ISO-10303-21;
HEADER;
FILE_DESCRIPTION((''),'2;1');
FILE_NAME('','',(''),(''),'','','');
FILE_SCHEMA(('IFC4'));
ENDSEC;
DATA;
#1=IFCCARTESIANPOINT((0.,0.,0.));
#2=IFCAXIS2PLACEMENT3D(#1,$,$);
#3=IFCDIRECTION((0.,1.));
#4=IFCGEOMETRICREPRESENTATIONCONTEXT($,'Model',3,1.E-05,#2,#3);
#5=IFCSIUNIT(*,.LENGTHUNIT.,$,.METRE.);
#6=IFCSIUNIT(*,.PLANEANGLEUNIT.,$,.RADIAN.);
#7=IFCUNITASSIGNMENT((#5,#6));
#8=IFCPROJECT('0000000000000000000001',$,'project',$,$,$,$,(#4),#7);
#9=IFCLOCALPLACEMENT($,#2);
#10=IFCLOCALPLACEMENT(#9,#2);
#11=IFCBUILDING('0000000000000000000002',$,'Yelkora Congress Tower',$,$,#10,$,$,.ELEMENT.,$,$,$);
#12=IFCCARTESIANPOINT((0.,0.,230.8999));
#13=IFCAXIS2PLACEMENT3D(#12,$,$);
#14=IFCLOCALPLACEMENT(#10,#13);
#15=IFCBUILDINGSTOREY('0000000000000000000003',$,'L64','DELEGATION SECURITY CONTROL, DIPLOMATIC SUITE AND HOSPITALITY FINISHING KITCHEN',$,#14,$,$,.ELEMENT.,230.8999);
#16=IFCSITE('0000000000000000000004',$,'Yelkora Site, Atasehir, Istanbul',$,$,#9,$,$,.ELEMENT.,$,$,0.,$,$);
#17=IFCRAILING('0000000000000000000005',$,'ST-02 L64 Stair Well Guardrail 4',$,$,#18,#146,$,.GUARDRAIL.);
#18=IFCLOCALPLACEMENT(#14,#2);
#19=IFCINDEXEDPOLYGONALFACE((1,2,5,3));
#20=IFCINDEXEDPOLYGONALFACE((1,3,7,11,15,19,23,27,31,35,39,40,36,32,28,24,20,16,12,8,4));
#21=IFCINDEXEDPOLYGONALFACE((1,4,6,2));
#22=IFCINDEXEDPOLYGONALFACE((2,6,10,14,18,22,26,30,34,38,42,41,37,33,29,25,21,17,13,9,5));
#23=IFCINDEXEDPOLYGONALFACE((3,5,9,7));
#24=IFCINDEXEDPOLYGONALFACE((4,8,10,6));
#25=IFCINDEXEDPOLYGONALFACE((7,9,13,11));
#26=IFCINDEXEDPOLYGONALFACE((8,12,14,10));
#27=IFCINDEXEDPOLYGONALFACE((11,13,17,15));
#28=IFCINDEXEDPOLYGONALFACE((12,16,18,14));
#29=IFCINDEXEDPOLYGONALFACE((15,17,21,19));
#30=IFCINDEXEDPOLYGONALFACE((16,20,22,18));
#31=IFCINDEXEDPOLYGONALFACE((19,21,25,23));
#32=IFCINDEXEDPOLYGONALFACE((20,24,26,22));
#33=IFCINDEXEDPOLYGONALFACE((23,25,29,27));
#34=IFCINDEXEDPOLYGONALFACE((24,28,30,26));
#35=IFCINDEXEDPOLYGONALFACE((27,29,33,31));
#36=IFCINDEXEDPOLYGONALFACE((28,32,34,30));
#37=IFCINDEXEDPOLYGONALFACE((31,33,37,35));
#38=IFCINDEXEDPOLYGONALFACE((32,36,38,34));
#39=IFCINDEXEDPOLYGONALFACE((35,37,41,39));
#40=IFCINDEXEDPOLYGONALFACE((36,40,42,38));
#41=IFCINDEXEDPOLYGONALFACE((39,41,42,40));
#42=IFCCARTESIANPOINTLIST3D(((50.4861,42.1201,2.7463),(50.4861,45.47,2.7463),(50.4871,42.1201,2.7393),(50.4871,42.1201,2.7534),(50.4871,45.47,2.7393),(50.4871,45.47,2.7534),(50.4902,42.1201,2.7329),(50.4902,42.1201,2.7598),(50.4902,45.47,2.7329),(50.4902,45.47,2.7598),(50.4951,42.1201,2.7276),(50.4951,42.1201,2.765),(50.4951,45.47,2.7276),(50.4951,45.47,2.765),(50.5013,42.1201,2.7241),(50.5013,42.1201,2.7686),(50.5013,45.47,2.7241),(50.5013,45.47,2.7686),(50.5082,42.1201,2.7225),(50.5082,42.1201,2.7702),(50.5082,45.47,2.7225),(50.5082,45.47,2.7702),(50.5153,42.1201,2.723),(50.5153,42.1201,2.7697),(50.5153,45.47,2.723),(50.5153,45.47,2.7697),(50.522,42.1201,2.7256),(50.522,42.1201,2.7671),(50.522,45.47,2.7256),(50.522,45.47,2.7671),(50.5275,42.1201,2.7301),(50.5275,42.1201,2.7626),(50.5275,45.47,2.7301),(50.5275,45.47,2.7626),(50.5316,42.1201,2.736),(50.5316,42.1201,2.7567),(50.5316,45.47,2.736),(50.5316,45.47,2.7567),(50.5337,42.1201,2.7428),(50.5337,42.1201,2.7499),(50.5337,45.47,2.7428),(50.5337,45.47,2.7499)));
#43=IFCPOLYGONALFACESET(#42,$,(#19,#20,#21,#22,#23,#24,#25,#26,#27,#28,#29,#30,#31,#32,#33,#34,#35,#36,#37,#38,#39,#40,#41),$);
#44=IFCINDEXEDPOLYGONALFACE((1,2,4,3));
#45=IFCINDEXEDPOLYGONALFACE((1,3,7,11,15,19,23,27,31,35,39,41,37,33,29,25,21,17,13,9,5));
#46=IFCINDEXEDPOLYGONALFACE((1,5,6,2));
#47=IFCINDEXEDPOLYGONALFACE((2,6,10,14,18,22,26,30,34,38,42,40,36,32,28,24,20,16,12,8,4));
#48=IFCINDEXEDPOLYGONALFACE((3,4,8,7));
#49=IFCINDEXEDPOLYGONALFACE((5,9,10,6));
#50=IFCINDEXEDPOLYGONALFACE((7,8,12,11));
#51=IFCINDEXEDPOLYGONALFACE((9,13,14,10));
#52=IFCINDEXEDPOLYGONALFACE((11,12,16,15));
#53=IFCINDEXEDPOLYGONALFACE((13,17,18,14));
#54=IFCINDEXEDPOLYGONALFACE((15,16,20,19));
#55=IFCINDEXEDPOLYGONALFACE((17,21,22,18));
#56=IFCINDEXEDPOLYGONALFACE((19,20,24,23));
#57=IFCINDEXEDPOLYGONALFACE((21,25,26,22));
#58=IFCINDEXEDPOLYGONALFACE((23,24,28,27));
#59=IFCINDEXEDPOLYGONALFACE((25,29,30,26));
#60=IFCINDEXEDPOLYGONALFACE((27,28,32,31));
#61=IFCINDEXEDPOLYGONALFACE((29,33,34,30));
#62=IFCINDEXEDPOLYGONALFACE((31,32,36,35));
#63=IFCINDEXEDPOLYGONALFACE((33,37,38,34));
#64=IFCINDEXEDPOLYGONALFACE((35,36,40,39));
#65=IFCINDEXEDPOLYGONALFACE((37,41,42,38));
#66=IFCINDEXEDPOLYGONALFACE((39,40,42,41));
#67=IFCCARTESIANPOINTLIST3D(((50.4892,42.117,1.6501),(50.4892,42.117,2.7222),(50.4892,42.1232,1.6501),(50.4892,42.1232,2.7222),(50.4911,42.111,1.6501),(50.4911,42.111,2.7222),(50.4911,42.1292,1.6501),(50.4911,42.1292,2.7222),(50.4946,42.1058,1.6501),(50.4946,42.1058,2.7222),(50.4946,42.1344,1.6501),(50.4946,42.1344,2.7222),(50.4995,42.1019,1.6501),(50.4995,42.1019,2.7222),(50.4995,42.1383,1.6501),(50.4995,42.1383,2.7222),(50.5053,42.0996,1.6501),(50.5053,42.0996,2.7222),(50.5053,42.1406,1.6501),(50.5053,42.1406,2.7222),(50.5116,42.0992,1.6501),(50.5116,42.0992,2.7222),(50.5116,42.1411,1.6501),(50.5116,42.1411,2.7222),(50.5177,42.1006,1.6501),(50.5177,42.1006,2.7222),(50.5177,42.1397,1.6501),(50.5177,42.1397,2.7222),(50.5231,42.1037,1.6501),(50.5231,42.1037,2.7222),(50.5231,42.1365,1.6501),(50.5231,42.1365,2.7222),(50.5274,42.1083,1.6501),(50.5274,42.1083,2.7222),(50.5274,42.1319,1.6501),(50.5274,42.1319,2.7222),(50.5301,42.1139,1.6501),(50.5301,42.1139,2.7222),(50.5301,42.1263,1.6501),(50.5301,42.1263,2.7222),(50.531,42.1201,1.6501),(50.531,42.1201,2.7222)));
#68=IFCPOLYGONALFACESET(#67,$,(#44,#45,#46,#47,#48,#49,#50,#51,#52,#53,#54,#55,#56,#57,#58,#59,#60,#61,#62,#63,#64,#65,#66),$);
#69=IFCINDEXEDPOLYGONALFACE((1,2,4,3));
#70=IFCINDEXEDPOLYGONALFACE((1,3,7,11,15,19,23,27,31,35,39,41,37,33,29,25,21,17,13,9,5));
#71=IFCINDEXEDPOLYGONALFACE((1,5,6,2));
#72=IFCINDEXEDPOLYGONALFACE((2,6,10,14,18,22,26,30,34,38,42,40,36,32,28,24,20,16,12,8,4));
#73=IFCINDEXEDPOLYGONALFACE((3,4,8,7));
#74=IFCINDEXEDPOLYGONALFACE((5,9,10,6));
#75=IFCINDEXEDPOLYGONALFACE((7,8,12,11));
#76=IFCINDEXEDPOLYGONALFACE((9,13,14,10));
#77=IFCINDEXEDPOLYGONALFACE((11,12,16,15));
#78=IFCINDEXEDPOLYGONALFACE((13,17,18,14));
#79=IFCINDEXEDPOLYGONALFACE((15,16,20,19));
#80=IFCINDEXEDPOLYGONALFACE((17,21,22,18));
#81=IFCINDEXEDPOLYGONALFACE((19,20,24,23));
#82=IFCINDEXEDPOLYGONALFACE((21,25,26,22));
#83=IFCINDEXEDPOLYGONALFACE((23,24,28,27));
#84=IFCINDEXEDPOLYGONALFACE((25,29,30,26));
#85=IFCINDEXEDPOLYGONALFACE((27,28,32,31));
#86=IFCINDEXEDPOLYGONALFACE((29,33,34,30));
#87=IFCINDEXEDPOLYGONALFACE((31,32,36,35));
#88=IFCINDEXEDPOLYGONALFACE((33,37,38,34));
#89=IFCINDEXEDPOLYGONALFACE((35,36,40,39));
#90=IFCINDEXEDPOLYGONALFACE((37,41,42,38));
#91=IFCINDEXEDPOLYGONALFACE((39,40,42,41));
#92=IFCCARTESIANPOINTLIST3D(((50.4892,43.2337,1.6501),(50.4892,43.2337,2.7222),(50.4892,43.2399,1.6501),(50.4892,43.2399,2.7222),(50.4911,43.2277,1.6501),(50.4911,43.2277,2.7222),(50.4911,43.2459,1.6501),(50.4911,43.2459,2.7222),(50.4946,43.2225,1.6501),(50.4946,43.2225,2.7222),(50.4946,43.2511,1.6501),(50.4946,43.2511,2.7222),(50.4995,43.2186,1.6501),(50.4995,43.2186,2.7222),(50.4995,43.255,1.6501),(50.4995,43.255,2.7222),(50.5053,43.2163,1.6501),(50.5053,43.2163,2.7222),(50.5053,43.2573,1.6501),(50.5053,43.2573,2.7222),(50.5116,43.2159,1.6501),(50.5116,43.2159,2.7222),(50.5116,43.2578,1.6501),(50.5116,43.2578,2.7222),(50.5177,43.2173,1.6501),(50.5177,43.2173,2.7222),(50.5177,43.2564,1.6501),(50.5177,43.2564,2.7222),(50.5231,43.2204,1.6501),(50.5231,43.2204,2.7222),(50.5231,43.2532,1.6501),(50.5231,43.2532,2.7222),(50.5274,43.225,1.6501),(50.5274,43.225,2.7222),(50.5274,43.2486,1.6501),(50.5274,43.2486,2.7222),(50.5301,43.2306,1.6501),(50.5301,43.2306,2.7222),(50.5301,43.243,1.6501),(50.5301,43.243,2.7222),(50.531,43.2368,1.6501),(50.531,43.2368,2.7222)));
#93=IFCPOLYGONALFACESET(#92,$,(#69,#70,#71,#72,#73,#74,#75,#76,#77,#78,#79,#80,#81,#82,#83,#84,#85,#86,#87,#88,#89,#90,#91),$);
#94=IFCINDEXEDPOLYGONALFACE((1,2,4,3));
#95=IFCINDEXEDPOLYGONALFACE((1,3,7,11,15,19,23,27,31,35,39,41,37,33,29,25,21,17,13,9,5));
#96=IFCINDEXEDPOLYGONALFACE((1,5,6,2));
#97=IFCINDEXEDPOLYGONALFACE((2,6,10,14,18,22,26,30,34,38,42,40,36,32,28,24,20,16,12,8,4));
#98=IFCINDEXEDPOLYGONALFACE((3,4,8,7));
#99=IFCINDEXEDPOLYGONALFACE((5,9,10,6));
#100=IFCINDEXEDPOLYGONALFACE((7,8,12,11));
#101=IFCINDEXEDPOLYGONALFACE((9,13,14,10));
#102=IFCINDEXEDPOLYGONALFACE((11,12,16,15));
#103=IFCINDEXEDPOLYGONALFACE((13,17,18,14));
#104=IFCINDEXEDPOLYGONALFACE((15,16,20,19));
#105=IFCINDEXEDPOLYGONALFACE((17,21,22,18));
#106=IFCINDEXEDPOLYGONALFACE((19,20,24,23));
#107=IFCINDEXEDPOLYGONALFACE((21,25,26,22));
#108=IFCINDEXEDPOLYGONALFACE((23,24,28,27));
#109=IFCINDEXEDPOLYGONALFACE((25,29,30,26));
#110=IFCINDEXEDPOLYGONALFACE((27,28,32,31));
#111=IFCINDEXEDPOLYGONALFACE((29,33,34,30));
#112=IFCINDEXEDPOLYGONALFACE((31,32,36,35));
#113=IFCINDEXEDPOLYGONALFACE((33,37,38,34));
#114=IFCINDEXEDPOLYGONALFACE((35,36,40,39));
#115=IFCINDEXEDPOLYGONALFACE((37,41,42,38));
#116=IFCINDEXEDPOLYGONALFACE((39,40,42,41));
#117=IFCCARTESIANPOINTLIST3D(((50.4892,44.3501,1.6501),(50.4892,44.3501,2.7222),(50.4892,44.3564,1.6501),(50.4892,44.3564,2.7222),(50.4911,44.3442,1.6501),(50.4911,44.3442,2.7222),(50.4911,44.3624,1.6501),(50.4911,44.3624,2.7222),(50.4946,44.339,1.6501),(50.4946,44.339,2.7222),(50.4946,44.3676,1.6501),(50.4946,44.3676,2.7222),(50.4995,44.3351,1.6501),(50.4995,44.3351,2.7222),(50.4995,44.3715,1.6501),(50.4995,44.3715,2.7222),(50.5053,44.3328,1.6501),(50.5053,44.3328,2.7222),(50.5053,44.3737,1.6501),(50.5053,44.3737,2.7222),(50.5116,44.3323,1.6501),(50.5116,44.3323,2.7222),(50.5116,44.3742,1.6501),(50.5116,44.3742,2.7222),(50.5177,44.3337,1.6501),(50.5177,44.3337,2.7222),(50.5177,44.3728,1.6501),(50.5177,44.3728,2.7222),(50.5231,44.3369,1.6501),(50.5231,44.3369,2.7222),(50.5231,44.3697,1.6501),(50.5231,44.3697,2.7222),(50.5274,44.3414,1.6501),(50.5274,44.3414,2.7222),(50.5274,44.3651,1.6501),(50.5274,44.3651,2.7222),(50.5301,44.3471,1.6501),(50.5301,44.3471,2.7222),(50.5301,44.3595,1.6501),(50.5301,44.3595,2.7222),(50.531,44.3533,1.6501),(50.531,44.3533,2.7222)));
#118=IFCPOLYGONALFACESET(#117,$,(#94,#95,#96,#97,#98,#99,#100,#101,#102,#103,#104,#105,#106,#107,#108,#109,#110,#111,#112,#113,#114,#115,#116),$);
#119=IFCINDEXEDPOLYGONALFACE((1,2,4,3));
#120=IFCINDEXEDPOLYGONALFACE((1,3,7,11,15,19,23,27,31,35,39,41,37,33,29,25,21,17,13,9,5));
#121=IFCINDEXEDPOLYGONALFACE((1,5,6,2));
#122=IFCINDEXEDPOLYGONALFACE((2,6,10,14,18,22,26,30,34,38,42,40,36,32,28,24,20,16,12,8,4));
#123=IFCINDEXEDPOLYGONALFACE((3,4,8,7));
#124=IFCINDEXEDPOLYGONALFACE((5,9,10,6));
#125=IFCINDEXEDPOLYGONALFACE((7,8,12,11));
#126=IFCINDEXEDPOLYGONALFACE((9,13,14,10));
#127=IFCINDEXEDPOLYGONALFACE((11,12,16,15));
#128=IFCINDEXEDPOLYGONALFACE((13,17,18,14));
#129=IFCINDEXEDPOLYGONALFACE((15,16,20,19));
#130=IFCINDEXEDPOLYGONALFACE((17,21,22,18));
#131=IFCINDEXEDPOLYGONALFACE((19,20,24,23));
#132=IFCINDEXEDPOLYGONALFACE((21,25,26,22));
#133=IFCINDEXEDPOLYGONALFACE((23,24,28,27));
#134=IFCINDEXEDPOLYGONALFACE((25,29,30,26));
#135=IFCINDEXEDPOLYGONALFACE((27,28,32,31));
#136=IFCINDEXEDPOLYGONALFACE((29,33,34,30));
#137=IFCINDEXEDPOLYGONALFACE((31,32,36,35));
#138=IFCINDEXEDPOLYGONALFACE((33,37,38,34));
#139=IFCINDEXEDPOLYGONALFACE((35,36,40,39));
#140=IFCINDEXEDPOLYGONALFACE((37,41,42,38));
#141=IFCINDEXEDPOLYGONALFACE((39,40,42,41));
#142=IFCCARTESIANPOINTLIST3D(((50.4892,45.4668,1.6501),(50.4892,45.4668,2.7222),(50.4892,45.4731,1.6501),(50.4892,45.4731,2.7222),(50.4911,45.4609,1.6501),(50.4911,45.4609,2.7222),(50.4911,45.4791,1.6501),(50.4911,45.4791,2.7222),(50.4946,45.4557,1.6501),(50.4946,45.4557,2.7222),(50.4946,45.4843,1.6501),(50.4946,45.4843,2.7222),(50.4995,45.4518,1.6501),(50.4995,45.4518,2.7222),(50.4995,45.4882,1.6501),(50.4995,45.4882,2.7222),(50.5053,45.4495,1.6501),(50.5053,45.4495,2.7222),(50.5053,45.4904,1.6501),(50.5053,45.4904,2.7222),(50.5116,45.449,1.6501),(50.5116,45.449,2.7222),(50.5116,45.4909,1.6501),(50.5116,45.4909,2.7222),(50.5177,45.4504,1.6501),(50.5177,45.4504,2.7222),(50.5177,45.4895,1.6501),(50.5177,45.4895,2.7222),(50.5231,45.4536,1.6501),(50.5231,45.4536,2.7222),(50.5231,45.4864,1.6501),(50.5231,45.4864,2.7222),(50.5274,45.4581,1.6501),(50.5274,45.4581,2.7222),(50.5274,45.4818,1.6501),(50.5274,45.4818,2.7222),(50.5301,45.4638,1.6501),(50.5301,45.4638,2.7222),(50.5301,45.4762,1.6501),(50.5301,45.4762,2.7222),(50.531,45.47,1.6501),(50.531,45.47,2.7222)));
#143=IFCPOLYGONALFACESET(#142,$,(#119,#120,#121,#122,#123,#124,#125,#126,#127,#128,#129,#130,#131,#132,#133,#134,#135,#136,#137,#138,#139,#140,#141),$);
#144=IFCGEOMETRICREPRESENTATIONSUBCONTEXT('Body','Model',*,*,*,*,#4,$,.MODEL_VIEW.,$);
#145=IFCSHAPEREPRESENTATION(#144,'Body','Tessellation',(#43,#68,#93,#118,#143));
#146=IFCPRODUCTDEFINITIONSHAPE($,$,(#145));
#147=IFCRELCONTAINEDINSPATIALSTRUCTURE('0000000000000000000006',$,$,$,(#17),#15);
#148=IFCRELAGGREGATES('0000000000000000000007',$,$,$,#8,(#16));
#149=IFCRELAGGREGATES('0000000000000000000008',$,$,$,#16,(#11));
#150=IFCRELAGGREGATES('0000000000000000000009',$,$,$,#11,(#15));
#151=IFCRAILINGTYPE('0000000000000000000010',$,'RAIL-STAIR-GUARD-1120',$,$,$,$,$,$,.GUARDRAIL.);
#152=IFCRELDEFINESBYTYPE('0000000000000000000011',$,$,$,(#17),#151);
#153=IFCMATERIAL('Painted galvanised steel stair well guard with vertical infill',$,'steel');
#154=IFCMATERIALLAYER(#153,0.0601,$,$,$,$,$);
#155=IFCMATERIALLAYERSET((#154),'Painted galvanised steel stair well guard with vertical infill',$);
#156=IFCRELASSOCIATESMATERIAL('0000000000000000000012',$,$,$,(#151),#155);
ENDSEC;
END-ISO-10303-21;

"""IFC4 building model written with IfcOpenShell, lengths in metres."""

from ifc_helpers import new_model, si_unit, direction, frame, origin, origin_2d, place, context, subcontext, project, spatial, circle, extrude, material, layer, layer_set, type_object, element, save


model = new_model("IFC4")

# Units and contexts
model_context = context("Model", 3, precision=1e-05, world=origin(), true_north=direction((0.0, 1.0)))
body_context = subcontext(model_context, "Body", "Model", "MODEL_VIEW")
ifc_project = project(units=[si_unit("LENGTHUNIT", "METRE"), si_unit("PLANEANGLEUNIT", "RADIAN")], contexts=[model_context])

# Site, building, storey
site_placement = place(None, origin())
site = spatial("IfcSite", under=ifc_project, at=site_placement, Name="Yelkora Site, Atasehir, Istanbul", CompositionType="ELEMENT", RefElevation=0.0)
building_placement = place(site_placement, origin())
building = spatial("IfcBuilding", under=site, at=building_placement, Name="Yelkora Congress Tower", CompositionType="ELEMENT")
storey_placement = place(building_placement, frame((0.0, 0.0, 230.8999)))
storey = spatial("IfcBuildingStorey", under=building, at=storey_placement, Name="L64", Description="DELEGATION SECURITY CONTROL, DIPLOMATIC SUITE AND HOSPITALITY FINISHING KITCHEN", CompositionType="ELEMENT", Elevation=230.8999)

# Railing
ifc_material_1 = material(Name="Painted galvanised steel stair well guard with vertical infill", Category="steel")
ifc_layer_1 = layer(ifc_material_1, 0.0601)
ifc_layer_set_1 = layer_set([ifc_layer_1], Name="Painted galvanised steel stair well guard with vertical infill")
railing_type_1 = type_object("IfcRailingType", Name="RAIL-STAIR-GUARD-1120", PredefinedType="GUARDRAIL", material=ifc_layer_set_1)
railing_1_placement = place(storey_placement, frame((50.51, 42.1201, 1.6501)))
element("IfcRailing", 1, at=railing_1_placement, inside=storey, type_object=railing_type_1, Name="ST-02 L64 Stair Well Guardrail 4", PredefinedType="GUARDRAIL", context=body_context, shape_type="SweptSolid", body=[
    extrude(circle(Radius=0.0239, at=origin_2d()), frame((0.0, 0.0, 1.0962), z_axis=(0.0, 1.0, 0.0), x_axis=(-1.0, 0.0, 0.0)), (0.0, 0.0, 1.0), 3.3499),
    extrude(circle(Radius=0.021, at=origin_2d()), origin(), (0.0, 0.0, 1.0), 1.072),
    extrude(circle(Radius=0.021, at=origin_2d()), frame((0.0, 1.1167, 0.0)), (0.0, 0.0, 1.0), 1.072),
    extrude(circle(Radius=0.021, at=origin_2d()), frame((0.0, 2.2332, 0.0)), (0.0, 0.0, 1.0), 1.072),
    extrude(circle(Radius=0.021, at=origin_2d()), frame((0.0, 3.3499, 0.0)), (0.0, 0.0, 1.0), 1.072),
])

save(model, "model.ifc")
